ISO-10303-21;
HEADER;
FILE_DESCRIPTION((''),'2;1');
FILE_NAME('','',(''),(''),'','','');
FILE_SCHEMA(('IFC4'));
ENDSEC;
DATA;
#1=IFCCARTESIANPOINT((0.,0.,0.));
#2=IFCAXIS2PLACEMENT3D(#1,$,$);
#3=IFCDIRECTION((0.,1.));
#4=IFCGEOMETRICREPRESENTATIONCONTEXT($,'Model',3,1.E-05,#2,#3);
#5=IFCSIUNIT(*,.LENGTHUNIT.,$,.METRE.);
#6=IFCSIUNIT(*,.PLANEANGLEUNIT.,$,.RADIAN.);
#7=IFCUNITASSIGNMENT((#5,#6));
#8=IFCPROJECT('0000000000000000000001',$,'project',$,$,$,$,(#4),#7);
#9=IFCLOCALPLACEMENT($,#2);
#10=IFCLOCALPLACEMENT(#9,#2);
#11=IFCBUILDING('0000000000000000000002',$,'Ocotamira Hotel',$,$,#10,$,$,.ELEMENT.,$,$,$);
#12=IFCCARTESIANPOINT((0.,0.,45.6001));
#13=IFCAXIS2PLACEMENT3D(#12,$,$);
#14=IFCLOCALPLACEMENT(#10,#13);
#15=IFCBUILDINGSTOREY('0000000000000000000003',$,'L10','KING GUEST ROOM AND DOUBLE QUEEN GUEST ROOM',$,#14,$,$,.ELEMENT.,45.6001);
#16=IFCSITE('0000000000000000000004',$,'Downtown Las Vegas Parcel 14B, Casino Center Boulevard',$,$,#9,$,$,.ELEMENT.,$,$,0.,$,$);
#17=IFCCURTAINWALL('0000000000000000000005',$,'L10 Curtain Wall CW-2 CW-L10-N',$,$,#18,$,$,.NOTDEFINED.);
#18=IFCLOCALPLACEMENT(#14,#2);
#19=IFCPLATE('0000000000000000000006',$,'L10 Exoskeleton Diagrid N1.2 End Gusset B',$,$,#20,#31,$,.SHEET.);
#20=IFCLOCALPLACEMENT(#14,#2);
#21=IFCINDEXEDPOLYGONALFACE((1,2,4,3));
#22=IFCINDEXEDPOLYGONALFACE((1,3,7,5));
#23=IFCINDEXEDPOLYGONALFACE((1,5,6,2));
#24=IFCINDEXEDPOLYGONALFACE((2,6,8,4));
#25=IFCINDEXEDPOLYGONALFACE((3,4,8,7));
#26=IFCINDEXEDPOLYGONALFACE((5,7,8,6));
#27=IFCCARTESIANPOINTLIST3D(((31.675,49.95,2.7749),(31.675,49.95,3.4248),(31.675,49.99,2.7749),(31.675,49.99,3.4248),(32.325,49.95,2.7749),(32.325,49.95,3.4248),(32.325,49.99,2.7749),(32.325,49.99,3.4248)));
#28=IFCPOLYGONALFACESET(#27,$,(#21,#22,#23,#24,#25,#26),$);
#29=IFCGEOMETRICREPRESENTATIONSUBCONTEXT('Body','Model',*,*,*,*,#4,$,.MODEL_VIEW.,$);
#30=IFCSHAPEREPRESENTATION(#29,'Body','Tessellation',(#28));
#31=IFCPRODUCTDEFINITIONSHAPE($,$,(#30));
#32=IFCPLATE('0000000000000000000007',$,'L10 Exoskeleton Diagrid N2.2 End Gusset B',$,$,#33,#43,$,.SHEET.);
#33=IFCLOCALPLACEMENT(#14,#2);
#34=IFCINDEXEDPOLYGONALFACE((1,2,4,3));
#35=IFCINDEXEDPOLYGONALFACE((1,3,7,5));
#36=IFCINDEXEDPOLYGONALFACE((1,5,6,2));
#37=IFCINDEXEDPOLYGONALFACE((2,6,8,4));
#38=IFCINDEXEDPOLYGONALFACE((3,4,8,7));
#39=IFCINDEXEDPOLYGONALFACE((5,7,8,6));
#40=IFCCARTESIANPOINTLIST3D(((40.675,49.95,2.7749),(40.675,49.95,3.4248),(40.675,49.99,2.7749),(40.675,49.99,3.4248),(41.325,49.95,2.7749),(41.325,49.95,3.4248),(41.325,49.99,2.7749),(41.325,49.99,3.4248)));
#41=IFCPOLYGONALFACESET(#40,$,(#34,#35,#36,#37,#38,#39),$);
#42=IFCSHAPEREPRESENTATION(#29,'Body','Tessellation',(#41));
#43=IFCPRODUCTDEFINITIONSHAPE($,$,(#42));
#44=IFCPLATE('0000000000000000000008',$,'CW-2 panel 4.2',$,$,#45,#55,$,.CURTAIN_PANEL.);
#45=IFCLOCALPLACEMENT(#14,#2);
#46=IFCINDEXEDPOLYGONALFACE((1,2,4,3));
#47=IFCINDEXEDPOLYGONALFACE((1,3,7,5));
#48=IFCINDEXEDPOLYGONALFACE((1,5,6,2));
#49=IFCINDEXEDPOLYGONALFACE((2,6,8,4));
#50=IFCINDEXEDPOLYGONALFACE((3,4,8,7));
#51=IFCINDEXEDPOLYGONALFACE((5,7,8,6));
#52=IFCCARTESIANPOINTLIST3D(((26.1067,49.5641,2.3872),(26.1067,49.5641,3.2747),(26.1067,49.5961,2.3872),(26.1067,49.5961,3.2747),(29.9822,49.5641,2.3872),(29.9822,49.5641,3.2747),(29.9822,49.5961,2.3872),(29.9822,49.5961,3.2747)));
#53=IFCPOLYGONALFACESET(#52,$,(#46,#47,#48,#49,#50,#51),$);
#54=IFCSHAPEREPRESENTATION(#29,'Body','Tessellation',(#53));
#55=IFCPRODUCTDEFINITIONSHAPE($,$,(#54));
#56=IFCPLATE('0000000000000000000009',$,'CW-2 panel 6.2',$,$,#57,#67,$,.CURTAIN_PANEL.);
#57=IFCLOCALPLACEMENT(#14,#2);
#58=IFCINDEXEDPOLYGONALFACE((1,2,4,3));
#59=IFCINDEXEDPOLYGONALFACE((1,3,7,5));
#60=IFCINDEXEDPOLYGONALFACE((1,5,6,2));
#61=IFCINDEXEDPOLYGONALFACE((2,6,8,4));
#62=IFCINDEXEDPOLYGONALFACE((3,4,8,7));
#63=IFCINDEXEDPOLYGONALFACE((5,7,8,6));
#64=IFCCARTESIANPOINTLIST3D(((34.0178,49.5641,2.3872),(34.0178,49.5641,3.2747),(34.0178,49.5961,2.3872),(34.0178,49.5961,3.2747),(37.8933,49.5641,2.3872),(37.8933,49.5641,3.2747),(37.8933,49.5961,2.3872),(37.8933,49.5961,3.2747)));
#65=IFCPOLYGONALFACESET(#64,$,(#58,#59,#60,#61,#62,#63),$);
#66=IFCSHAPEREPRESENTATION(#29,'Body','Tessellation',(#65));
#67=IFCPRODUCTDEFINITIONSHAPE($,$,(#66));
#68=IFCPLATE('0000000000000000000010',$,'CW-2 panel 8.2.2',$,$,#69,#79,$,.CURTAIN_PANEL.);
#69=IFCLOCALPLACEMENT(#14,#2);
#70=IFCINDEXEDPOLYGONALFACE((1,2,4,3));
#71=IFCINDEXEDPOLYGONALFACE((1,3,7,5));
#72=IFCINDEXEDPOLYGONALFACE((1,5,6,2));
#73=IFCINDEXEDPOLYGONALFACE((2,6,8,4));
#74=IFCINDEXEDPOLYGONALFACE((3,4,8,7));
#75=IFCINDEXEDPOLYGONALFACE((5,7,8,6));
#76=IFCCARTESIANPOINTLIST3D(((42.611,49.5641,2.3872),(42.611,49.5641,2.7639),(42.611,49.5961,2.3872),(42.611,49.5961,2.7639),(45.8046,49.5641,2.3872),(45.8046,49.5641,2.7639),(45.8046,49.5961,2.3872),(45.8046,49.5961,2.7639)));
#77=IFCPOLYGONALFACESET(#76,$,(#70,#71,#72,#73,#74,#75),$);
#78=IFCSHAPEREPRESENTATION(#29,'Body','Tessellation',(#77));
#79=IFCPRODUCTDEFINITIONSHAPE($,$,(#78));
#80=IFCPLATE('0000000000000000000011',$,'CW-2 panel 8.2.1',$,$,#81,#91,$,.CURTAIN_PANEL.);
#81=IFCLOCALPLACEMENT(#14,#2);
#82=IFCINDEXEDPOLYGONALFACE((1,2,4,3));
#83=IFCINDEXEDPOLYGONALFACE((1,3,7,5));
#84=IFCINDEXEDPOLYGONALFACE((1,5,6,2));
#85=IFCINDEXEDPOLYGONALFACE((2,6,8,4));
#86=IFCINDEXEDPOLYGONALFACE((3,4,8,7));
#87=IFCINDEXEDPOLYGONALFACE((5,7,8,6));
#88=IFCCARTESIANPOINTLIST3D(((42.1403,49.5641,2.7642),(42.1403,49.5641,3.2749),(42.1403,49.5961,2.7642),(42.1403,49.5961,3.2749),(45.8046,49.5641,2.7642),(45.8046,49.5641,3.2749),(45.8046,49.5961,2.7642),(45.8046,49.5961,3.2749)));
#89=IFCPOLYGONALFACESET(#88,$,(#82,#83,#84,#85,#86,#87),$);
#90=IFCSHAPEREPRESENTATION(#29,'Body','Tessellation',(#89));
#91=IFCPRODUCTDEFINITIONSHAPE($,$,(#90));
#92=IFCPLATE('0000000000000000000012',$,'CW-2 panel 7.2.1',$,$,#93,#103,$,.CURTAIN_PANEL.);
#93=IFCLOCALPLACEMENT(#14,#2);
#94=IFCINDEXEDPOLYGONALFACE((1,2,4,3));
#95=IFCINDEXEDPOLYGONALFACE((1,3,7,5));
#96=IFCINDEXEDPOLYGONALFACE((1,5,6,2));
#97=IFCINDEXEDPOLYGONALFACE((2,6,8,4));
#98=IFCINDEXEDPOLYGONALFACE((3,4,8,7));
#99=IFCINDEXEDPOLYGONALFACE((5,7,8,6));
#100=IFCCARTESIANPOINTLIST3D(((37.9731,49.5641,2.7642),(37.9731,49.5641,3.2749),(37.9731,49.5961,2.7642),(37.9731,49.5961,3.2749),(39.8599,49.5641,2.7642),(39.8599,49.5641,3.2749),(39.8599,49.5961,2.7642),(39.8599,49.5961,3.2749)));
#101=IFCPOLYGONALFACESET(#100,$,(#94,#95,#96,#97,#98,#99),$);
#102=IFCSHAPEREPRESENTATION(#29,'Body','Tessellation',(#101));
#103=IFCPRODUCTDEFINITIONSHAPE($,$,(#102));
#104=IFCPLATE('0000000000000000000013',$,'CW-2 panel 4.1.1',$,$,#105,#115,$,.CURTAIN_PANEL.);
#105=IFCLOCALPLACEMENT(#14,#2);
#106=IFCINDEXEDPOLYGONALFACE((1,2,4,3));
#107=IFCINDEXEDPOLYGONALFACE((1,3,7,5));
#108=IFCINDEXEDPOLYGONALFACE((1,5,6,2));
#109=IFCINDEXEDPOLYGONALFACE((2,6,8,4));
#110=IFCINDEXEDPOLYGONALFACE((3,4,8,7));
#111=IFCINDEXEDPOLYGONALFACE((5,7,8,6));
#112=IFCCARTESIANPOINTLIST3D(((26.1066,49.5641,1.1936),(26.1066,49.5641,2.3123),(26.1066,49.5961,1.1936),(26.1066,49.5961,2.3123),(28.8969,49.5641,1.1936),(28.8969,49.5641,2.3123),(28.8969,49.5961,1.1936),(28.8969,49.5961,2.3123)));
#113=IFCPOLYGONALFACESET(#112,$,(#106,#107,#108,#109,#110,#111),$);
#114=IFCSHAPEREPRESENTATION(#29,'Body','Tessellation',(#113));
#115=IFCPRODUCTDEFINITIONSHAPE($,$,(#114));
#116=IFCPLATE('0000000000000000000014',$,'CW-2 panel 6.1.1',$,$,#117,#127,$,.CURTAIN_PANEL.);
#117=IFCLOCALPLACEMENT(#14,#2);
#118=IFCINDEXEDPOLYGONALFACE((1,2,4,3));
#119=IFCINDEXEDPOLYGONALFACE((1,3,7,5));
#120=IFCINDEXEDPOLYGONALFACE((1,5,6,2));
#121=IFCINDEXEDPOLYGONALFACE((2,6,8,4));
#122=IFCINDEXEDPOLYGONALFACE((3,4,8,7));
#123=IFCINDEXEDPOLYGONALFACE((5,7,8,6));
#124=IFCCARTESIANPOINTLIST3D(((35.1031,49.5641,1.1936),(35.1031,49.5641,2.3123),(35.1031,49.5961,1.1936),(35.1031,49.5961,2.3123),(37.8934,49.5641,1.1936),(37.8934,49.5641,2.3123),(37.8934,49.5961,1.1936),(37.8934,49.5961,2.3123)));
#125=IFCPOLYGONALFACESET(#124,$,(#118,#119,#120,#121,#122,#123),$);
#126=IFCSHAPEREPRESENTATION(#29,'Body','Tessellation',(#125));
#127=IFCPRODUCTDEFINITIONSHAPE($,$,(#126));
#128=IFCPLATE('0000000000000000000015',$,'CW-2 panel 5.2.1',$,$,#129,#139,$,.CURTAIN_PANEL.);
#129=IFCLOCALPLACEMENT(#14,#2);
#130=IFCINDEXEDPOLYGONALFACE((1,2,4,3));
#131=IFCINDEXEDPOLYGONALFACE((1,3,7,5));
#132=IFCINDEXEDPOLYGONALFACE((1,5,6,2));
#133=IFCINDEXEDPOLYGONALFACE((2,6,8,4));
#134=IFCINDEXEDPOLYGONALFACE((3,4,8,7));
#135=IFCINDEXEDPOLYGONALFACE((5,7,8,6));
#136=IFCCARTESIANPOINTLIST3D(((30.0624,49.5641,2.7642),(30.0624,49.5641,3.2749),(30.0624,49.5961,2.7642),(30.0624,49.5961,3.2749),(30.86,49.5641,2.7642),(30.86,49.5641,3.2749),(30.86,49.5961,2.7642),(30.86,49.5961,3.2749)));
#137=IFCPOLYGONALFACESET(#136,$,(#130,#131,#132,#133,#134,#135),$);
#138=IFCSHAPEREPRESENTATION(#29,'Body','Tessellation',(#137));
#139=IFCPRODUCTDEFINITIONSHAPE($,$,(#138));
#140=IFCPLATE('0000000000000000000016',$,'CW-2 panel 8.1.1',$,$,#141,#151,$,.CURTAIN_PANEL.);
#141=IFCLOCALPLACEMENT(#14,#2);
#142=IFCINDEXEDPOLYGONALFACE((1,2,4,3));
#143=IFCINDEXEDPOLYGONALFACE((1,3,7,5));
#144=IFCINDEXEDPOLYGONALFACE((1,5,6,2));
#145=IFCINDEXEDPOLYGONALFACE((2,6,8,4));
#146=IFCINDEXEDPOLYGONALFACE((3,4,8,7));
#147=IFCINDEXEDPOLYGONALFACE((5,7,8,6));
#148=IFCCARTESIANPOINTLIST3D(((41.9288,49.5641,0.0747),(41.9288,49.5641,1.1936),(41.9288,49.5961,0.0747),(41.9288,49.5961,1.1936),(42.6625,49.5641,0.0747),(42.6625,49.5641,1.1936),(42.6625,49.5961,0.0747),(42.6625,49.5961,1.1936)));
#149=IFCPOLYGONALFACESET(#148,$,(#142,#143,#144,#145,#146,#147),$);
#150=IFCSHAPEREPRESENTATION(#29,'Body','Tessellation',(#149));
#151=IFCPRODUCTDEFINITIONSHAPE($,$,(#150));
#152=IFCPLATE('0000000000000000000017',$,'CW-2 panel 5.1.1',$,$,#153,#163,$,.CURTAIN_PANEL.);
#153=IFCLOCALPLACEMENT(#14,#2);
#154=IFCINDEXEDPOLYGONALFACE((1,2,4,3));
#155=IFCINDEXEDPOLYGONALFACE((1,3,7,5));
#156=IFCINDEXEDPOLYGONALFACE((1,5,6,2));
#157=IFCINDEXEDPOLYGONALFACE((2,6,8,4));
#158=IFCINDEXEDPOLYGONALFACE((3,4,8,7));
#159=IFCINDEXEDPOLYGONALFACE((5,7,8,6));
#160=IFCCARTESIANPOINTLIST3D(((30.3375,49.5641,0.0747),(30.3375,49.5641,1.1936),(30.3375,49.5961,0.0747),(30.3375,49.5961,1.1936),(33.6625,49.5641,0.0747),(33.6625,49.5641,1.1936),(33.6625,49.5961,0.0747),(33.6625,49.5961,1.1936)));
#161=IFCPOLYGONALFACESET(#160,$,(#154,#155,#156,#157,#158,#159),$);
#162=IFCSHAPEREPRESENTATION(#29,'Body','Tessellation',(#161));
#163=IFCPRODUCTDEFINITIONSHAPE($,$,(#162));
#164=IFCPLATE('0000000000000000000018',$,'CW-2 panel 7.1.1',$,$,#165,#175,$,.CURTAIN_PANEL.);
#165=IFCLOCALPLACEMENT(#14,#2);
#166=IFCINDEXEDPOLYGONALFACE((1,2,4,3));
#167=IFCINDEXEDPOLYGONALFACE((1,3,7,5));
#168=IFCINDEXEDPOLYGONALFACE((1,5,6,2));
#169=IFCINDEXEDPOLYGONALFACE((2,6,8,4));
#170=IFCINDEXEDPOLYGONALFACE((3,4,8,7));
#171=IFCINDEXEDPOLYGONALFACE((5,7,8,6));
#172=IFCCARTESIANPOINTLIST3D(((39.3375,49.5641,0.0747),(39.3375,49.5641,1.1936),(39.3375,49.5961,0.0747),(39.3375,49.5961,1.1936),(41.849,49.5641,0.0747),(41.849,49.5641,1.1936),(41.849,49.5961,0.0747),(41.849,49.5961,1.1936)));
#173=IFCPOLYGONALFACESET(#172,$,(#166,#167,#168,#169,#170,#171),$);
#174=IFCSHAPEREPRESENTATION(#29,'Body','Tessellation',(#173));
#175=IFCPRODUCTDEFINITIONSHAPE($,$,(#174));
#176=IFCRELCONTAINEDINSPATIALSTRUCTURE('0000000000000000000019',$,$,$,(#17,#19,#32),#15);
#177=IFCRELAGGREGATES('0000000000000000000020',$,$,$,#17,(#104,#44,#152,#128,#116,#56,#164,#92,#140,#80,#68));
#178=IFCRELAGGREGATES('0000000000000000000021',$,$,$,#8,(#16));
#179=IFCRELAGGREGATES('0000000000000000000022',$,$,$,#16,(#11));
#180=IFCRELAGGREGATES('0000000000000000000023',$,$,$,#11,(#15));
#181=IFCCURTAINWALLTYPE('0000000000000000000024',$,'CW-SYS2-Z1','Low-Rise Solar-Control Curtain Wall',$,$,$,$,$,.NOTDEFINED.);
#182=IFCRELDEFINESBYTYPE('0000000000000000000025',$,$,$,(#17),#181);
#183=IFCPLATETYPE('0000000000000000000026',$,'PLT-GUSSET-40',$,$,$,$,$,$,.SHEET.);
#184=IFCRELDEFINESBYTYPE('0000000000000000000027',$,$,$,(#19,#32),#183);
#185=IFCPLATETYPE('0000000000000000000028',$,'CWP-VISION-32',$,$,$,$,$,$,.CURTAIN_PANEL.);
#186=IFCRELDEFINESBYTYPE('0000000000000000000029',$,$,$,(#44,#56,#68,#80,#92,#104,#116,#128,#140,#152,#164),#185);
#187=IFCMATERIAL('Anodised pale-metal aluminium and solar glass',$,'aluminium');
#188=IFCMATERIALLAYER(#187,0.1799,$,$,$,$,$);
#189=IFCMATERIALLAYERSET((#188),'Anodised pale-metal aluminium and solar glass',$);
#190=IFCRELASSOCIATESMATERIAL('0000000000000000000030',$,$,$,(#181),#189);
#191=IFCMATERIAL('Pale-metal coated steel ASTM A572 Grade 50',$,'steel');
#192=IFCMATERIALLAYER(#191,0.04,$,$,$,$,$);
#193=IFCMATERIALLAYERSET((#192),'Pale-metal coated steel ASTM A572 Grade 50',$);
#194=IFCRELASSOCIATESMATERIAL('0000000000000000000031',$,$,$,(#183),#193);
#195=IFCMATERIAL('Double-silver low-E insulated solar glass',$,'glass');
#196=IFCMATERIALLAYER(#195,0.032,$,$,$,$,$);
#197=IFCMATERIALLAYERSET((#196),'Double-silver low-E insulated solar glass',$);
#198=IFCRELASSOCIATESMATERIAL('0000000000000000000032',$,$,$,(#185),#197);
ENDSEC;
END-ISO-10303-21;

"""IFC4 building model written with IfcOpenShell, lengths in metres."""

from ifc_helpers import new_model, si_unit, direction, frame, origin, origin_2d, place, context, subcontext, project, spatial, rectangle, extrude, source, transform, mapped, material, layer, layer_set, type_object, element, aggregate, save


model = new_model("IFC4")

# Units and contexts
model_context = context("Model", 3, precision=1e-05, world=origin(), true_north=direction((0.0, 1.0)))
body_context = subcontext(model_context, "Body", "Model", "MODEL_VIEW")
ifc_project = project(units=[si_unit("LENGTHUNIT", "METRE"), si_unit("PLANEANGLEUNIT", "RADIAN")], contexts=[model_context])

# Site, building, storey
site_placement = place(None, origin())
site = spatial("IfcSite", under=ifc_project, at=site_placement, Name="Downtown Las Vegas Parcel 14B, Casino Center Boulevard", CompositionType="ELEMENT", RefElevation=0.0)
building_placement = place(site_placement, origin())
building = spatial("IfcBuilding", under=site, at=building_placement, Name="Ocotamira Hotel", CompositionType="ELEMENT")
storey_placement = place(building_placement, frame((0.0, 0.0, 45.6001)))
storey = spatial("IfcBuildingStorey", under=building, at=storey_placement, Name="L10", Description="KING GUEST ROOM AND DOUBLE QUEEN GUEST ROOM", CompositionType="ELEMENT", Elevation=45.6001)

# Curtain wall
ifc_material_1 = material(Name="Anodised pale-metal aluminium and solar glass", Category="aluminium")
ifc_layer_1 = layer(ifc_material_1, 0.1799)
ifc_layer_set_1 = layer_set([ifc_layer_1], Name="Anodised pale-metal aluminium and solar glass")
curtain_wall_type = type_object("IfcCurtainWallType", Name="CW-SYS2-Z1", Description="Low-Rise Solar-Control Curtain Wall", PredefinedType="NOTDEFINED", material=ifc_layer_set_1)
curtain_wall_placement = place(storey_placement, origin())
curtain_wall = element("IfcCurtainWall", 1, at=curtain_wall_placement, inside=storey, type_object=curtain_wall_type, Name="L10 Curtain Wall CW-2 CW-L10-N", PredefinedType="NOTDEFINED")

# Plates
ifc_material_2 = material(Name="Pale-metal coated steel ASTM A572 Grade 50", Category="steel")
ifc_layer_2 = layer(ifc_material_2, 0.04)
ifc_layer_set_2 = layer_set([ifc_layer_2], Name="Pale-metal coated steel ASTM A572 Grade 50")
plate_type_1 = type_object("IfcPlateType", Name="PLT-GUSSET-40", PredefinedType="SHEET", material=ifc_layer_set_2)
shared_shape_1 = source(origin(), body_context, "Body", "SweptSolid", [
    extrude(rectangle(XDim=0.6499, YDim=0.04, at=origin_2d()), origin(), (0.0, 0.0, 1.0), 0.6499),
])
for number, where, z_axis, x_axis, name in (
    (2, (32.0, 49.97, 2.7749), (0.0, 0.0, 1.0), (1.0, 0.0, 0.0), "L10 Exoskeleton Diagrid N1.2 End Gusset B"),
    (3, (41.0, 49.97, 2.7749), (0.0, 0.0, 1.0), (1.0, 0.0, 0.0), "L10 Exoskeleton Diagrid N2.2 End Gusset B"),
):
    element("IfcPlate", number, at=place(storey_placement, frame(where, z_axis=z_axis, x_axis=x_axis)), inside=storey, type_object=plate_type_1, Name=name, PredefinedType="SHEET", context=body_context, shape_type="MappedRepresentation", body=[
        mapped(shared_shape_1, transform((0.0, 0.0, 0.0), scale=1.0)),
    ])

# Plates
ifc_material_3 = material(Name="Double-silver low-E insulated solar glass", Category="glass")
ifc_layer_3 = layer(ifc_material_3, 0.032)
ifc_layer_set_3 = layer_set([ifc_layer_3], Name="Double-silver low-E insulated solar glass")
plate_type_2 = type_object("IfcPlateType", Name="CWP-VISION-32", PredefinedType="CURTAIN_PANEL", material=ifc_layer_set_3)
shared_shape_2 = source(origin(), body_context, "Body", "SweptSolid", [
    extrude(rectangle(XDim=3.8755, YDim=0.032, at=origin_2d()), origin(), (0.0, 0.0, 1.0), 0.8875),
])
plate_1_placement = place(storey_placement, frame((28.0444, 49.5801, 2.3872), z_axis=(0.0, 0.0, 1.0), x_axis=(1.0, 0.0, 0.0)))
plate_1 = element("IfcPlate", 4, at=plate_1_placement, type_object=plate_type_2, Name="CW-2 panel 4.2", PredefinedType="CURTAIN_PANEL", context=body_context, shape_type="MappedRepresentation", body=[
    mapped(shared_shape_2, transform((0.0, 0.0, 0.0), scale=1.0)),
])
plate_2_placement = place(storey_placement, frame((35.9556, 49.5801, 2.3872), z_axis=(0.0, 0.0, 1.0), x_axis=(1.0, 0.0, 0.0)))
plate_2 = element("IfcPlate", 5, at=plate_2_placement, type_object=plate_type_2, Name="CW-2 panel 6.2", PredefinedType="CURTAIN_PANEL", context=body_context, shape_type="MappedRepresentation", body=[
    mapped(shared_shape_2, transform((0.0, 0.0, 0.0), scale=1.0)),
])
shared_shape_3 = source(origin(), body_context, "Body", "SweptSolid", [
    extrude(rectangle(XDim=3.1936, YDim=0.032, at=origin_2d()), origin(), (0.0, 0.0, 1.0), 0.3767),
])
plate_3_placement = place(storey_placement, frame((44.2078, 49.5801, 2.3872), z_axis=(0.0, 0.0, 1.0), x_axis=(1.0, 0.0, 0.0)))
plate_3 = element("IfcPlate", 6, at=plate_3_placement, type_object=plate_type_2, Name="CW-2 panel 8.2.2", PredefinedType="CURTAIN_PANEL", context=body_context, shape_type="MappedRepresentation", body=[
    mapped(shared_shape_3, transform((0.0, 0.0, 0.0), scale=1.0)),
])
shared_shape_4 = source(origin(), body_context, "Body", "SweptSolid", [
    extrude(rectangle(XDim=3.6643, YDim=0.032, at=origin_2d()), origin(), (0.0, 0.0, 1.0), 0.5107),
])
plate_4_placement = place(storey_placement, frame((43.9724, 49.5801, 2.7642), z_axis=(0.0, 0.0, 1.0), x_axis=(1.0, 0.0, 0.0)))
plate_4 = element("IfcPlate", 7, at=plate_4_placement, type_object=plate_type_2, Name="CW-2 panel 8.2.1", PredefinedType="CURTAIN_PANEL", context=body_context, shape_type="MappedRepresentation", body=[
    mapped(shared_shape_4, transform((0.0, 0.0, 0.0), scale=1.0)),
])
shared_shape_5 = source(origin(), body_context, "Body", "SweptSolid", [
    extrude(rectangle(XDim=1.8867, YDim=0.032, at=origin_2d()), origin(), (0.0, 0.0, 1.0), 0.5107),
])
plate_5_placement = place(storey_placement, frame((38.9165, 49.5801, 2.7642), z_axis=(0.0, 0.0, 1.0), x_axis=(1.0, 0.0, 0.0)))
plate_5 = element("IfcPlate", 8, at=plate_5_placement, type_object=plate_type_2, Name="CW-2 panel 7.2.1", PredefinedType="CURTAIN_PANEL", context=body_context, shape_type="MappedRepresentation", body=[
    mapped(shared_shape_5, transform((0.0, 0.0, 0.0), scale=1.0)),
])
shared_shape_6 = source(origin(), body_context, "Body", "SweptSolid", [
    extrude(rectangle(XDim=2.7903, YDim=0.032, at=origin_2d()), origin(), (0.0, 0.0, 1.0), 1.1187),
])
plate_6_placement = place(storey_placement, frame((27.5017, 49.5801, 1.1936), z_axis=(0.0, 0.0, 1.0), x_axis=(1.0, 0.0, 0.0)))
plate_6 = element("IfcPlate", 9, at=plate_6_placement, type_object=plate_type_2, Name="CW-2 panel 4.1.1", PredefinedType="CURTAIN_PANEL", context=body_context, shape_type="MappedRepresentation", body=[
    mapped(shared_shape_6, transform((0.0, 0.0, 0.0), scale=1.0)),
])
plate_7_placement = place(storey_placement, frame((36.4983, 49.5801, 1.1936), z_axis=(0.0, 0.0, 1.0), x_axis=(1.0, 0.0, 0.0)))
plate_7 = element("IfcPlate", 10, at=plate_7_placement, type_object=plate_type_2, Name="CW-2 panel 6.1.1", PredefinedType="CURTAIN_PANEL", context=body_context, shape_type="MappedRepresentation", body=[
    mapped(shared_shape_6, transform((0.0, 0.0, 0.0), scale=1.0)),
])
shared_shape_7 = source(origin(), body_context, "Body", "SweptSolid", [
    extrude(rectangle(XDim=0.7976, YDim=0.032, at=origin_2d()), origin(), (0.0, 0.0, 1.0), 0.5107),
])
plate_8_placement = place(storey_placement, frame((30.4612, 49.5801, 2.7642), z_axis=(0.0, 0.0, 1.0), x_axis=(1.0, 0.0, 0.0)))
plate_8 = element("IfcPlate", 11, at=plate_8_placement, type_object=plate_type_2, Name="CW-2 panel 5.2.1", PredefinedType="CURTAIN_PANEL", context=body_context, shape_type="MappedRepresentation", body=[
    mapped(shared_shape_7, transform((0.0, 0.0, 0.0), scale=1.0)),
])
shared_shape_8 = source(origin(), body_context, "Body", "SweptSolid", [
    extrude(rectangle(XDim=0.7336, YDim=0.032, at=origin_2d()), origin(), (0.0, 0.0, 1.0), 1.1189),
])
plate_9_placement = place(storey_placement, frame((42.2957, 49.5801, 0.0747), z_axis=(0.0, 0.0, 1.0), x_axis=(1.0, 0.0, 0.0)))
plate_9 = element("IfcPlate", 12, at=plate_9_placement, type_object=plate_type_2, Name="CW-2 panel 8.1.1", PredefinedType="CURTAIN_PANEL", context=body_context, shape_type="MappedRepresentation", body=[
    mapped(shared_shape_8, transform((0.0, 0.0, 0.0), scale=1.0)),
])
shared_shape_9 = source(origin(), body_context, "Body", "SweptSolid", [
    extrude(rectangle(XDim=3.325, YDim=0.032, at=origin_2d()), origin(), (0.0, 0.0, 1.0), 1.1189),
])
plate_10_placement = place(storey_placement, frame((32.0, 49.5801, 0.0747), z_axis=(0.0, 0.0, 1.0), x_axis=(1.0, 0.0, 0.0)))
plate_10 = element("IfcPlate", 13, at=plate_10_placement, type_object=plate_type_2, Name="CW-2 panel 5.1.1", PredefinedType="CURTAIN_PANEL", context=body_context, shape_type="MappedRepresentation", body=[
    mapped(shared_shape_9, transform((0.0, 0.0, 0.0), scale=1.0)),
])
shared_shape_10 = source(origin(), body_context, "Body", "SweptSolid", [
    extrude(rectangle(XDim=2.5115, YDim=0.032, at=origin_2d()), origin(), (0.0, 0.0, 1.0), 1.1189),
])
plate_11_placement = place(storey_placement, frame((40.5933, 49.5801, 0.0747), z_axis=(0.0, 0.0, 1.0), x_axis=(1.0, 0.0, 0.0)))
plate_11 = element("IfcPlate", 14, at=plate_11_placement, type_object=plate_type_2, Name="CW-2 panel 7.1.1", PredefinedType="CURTAIN_PANEL", context=body_context, shape_type="MappedRepresentation", body=[
    mapped(shared_shape_10, transform((0.0, 0.0, 0.0), scale=1.0)),
])
aggregate(curtain_wall, [plate_6, plate_1, plate_10, plate_8, plate_7, plate_2, plate_11, plate_5, plate_9, plate_4, plate_3])

save(model, "model.ifc")
